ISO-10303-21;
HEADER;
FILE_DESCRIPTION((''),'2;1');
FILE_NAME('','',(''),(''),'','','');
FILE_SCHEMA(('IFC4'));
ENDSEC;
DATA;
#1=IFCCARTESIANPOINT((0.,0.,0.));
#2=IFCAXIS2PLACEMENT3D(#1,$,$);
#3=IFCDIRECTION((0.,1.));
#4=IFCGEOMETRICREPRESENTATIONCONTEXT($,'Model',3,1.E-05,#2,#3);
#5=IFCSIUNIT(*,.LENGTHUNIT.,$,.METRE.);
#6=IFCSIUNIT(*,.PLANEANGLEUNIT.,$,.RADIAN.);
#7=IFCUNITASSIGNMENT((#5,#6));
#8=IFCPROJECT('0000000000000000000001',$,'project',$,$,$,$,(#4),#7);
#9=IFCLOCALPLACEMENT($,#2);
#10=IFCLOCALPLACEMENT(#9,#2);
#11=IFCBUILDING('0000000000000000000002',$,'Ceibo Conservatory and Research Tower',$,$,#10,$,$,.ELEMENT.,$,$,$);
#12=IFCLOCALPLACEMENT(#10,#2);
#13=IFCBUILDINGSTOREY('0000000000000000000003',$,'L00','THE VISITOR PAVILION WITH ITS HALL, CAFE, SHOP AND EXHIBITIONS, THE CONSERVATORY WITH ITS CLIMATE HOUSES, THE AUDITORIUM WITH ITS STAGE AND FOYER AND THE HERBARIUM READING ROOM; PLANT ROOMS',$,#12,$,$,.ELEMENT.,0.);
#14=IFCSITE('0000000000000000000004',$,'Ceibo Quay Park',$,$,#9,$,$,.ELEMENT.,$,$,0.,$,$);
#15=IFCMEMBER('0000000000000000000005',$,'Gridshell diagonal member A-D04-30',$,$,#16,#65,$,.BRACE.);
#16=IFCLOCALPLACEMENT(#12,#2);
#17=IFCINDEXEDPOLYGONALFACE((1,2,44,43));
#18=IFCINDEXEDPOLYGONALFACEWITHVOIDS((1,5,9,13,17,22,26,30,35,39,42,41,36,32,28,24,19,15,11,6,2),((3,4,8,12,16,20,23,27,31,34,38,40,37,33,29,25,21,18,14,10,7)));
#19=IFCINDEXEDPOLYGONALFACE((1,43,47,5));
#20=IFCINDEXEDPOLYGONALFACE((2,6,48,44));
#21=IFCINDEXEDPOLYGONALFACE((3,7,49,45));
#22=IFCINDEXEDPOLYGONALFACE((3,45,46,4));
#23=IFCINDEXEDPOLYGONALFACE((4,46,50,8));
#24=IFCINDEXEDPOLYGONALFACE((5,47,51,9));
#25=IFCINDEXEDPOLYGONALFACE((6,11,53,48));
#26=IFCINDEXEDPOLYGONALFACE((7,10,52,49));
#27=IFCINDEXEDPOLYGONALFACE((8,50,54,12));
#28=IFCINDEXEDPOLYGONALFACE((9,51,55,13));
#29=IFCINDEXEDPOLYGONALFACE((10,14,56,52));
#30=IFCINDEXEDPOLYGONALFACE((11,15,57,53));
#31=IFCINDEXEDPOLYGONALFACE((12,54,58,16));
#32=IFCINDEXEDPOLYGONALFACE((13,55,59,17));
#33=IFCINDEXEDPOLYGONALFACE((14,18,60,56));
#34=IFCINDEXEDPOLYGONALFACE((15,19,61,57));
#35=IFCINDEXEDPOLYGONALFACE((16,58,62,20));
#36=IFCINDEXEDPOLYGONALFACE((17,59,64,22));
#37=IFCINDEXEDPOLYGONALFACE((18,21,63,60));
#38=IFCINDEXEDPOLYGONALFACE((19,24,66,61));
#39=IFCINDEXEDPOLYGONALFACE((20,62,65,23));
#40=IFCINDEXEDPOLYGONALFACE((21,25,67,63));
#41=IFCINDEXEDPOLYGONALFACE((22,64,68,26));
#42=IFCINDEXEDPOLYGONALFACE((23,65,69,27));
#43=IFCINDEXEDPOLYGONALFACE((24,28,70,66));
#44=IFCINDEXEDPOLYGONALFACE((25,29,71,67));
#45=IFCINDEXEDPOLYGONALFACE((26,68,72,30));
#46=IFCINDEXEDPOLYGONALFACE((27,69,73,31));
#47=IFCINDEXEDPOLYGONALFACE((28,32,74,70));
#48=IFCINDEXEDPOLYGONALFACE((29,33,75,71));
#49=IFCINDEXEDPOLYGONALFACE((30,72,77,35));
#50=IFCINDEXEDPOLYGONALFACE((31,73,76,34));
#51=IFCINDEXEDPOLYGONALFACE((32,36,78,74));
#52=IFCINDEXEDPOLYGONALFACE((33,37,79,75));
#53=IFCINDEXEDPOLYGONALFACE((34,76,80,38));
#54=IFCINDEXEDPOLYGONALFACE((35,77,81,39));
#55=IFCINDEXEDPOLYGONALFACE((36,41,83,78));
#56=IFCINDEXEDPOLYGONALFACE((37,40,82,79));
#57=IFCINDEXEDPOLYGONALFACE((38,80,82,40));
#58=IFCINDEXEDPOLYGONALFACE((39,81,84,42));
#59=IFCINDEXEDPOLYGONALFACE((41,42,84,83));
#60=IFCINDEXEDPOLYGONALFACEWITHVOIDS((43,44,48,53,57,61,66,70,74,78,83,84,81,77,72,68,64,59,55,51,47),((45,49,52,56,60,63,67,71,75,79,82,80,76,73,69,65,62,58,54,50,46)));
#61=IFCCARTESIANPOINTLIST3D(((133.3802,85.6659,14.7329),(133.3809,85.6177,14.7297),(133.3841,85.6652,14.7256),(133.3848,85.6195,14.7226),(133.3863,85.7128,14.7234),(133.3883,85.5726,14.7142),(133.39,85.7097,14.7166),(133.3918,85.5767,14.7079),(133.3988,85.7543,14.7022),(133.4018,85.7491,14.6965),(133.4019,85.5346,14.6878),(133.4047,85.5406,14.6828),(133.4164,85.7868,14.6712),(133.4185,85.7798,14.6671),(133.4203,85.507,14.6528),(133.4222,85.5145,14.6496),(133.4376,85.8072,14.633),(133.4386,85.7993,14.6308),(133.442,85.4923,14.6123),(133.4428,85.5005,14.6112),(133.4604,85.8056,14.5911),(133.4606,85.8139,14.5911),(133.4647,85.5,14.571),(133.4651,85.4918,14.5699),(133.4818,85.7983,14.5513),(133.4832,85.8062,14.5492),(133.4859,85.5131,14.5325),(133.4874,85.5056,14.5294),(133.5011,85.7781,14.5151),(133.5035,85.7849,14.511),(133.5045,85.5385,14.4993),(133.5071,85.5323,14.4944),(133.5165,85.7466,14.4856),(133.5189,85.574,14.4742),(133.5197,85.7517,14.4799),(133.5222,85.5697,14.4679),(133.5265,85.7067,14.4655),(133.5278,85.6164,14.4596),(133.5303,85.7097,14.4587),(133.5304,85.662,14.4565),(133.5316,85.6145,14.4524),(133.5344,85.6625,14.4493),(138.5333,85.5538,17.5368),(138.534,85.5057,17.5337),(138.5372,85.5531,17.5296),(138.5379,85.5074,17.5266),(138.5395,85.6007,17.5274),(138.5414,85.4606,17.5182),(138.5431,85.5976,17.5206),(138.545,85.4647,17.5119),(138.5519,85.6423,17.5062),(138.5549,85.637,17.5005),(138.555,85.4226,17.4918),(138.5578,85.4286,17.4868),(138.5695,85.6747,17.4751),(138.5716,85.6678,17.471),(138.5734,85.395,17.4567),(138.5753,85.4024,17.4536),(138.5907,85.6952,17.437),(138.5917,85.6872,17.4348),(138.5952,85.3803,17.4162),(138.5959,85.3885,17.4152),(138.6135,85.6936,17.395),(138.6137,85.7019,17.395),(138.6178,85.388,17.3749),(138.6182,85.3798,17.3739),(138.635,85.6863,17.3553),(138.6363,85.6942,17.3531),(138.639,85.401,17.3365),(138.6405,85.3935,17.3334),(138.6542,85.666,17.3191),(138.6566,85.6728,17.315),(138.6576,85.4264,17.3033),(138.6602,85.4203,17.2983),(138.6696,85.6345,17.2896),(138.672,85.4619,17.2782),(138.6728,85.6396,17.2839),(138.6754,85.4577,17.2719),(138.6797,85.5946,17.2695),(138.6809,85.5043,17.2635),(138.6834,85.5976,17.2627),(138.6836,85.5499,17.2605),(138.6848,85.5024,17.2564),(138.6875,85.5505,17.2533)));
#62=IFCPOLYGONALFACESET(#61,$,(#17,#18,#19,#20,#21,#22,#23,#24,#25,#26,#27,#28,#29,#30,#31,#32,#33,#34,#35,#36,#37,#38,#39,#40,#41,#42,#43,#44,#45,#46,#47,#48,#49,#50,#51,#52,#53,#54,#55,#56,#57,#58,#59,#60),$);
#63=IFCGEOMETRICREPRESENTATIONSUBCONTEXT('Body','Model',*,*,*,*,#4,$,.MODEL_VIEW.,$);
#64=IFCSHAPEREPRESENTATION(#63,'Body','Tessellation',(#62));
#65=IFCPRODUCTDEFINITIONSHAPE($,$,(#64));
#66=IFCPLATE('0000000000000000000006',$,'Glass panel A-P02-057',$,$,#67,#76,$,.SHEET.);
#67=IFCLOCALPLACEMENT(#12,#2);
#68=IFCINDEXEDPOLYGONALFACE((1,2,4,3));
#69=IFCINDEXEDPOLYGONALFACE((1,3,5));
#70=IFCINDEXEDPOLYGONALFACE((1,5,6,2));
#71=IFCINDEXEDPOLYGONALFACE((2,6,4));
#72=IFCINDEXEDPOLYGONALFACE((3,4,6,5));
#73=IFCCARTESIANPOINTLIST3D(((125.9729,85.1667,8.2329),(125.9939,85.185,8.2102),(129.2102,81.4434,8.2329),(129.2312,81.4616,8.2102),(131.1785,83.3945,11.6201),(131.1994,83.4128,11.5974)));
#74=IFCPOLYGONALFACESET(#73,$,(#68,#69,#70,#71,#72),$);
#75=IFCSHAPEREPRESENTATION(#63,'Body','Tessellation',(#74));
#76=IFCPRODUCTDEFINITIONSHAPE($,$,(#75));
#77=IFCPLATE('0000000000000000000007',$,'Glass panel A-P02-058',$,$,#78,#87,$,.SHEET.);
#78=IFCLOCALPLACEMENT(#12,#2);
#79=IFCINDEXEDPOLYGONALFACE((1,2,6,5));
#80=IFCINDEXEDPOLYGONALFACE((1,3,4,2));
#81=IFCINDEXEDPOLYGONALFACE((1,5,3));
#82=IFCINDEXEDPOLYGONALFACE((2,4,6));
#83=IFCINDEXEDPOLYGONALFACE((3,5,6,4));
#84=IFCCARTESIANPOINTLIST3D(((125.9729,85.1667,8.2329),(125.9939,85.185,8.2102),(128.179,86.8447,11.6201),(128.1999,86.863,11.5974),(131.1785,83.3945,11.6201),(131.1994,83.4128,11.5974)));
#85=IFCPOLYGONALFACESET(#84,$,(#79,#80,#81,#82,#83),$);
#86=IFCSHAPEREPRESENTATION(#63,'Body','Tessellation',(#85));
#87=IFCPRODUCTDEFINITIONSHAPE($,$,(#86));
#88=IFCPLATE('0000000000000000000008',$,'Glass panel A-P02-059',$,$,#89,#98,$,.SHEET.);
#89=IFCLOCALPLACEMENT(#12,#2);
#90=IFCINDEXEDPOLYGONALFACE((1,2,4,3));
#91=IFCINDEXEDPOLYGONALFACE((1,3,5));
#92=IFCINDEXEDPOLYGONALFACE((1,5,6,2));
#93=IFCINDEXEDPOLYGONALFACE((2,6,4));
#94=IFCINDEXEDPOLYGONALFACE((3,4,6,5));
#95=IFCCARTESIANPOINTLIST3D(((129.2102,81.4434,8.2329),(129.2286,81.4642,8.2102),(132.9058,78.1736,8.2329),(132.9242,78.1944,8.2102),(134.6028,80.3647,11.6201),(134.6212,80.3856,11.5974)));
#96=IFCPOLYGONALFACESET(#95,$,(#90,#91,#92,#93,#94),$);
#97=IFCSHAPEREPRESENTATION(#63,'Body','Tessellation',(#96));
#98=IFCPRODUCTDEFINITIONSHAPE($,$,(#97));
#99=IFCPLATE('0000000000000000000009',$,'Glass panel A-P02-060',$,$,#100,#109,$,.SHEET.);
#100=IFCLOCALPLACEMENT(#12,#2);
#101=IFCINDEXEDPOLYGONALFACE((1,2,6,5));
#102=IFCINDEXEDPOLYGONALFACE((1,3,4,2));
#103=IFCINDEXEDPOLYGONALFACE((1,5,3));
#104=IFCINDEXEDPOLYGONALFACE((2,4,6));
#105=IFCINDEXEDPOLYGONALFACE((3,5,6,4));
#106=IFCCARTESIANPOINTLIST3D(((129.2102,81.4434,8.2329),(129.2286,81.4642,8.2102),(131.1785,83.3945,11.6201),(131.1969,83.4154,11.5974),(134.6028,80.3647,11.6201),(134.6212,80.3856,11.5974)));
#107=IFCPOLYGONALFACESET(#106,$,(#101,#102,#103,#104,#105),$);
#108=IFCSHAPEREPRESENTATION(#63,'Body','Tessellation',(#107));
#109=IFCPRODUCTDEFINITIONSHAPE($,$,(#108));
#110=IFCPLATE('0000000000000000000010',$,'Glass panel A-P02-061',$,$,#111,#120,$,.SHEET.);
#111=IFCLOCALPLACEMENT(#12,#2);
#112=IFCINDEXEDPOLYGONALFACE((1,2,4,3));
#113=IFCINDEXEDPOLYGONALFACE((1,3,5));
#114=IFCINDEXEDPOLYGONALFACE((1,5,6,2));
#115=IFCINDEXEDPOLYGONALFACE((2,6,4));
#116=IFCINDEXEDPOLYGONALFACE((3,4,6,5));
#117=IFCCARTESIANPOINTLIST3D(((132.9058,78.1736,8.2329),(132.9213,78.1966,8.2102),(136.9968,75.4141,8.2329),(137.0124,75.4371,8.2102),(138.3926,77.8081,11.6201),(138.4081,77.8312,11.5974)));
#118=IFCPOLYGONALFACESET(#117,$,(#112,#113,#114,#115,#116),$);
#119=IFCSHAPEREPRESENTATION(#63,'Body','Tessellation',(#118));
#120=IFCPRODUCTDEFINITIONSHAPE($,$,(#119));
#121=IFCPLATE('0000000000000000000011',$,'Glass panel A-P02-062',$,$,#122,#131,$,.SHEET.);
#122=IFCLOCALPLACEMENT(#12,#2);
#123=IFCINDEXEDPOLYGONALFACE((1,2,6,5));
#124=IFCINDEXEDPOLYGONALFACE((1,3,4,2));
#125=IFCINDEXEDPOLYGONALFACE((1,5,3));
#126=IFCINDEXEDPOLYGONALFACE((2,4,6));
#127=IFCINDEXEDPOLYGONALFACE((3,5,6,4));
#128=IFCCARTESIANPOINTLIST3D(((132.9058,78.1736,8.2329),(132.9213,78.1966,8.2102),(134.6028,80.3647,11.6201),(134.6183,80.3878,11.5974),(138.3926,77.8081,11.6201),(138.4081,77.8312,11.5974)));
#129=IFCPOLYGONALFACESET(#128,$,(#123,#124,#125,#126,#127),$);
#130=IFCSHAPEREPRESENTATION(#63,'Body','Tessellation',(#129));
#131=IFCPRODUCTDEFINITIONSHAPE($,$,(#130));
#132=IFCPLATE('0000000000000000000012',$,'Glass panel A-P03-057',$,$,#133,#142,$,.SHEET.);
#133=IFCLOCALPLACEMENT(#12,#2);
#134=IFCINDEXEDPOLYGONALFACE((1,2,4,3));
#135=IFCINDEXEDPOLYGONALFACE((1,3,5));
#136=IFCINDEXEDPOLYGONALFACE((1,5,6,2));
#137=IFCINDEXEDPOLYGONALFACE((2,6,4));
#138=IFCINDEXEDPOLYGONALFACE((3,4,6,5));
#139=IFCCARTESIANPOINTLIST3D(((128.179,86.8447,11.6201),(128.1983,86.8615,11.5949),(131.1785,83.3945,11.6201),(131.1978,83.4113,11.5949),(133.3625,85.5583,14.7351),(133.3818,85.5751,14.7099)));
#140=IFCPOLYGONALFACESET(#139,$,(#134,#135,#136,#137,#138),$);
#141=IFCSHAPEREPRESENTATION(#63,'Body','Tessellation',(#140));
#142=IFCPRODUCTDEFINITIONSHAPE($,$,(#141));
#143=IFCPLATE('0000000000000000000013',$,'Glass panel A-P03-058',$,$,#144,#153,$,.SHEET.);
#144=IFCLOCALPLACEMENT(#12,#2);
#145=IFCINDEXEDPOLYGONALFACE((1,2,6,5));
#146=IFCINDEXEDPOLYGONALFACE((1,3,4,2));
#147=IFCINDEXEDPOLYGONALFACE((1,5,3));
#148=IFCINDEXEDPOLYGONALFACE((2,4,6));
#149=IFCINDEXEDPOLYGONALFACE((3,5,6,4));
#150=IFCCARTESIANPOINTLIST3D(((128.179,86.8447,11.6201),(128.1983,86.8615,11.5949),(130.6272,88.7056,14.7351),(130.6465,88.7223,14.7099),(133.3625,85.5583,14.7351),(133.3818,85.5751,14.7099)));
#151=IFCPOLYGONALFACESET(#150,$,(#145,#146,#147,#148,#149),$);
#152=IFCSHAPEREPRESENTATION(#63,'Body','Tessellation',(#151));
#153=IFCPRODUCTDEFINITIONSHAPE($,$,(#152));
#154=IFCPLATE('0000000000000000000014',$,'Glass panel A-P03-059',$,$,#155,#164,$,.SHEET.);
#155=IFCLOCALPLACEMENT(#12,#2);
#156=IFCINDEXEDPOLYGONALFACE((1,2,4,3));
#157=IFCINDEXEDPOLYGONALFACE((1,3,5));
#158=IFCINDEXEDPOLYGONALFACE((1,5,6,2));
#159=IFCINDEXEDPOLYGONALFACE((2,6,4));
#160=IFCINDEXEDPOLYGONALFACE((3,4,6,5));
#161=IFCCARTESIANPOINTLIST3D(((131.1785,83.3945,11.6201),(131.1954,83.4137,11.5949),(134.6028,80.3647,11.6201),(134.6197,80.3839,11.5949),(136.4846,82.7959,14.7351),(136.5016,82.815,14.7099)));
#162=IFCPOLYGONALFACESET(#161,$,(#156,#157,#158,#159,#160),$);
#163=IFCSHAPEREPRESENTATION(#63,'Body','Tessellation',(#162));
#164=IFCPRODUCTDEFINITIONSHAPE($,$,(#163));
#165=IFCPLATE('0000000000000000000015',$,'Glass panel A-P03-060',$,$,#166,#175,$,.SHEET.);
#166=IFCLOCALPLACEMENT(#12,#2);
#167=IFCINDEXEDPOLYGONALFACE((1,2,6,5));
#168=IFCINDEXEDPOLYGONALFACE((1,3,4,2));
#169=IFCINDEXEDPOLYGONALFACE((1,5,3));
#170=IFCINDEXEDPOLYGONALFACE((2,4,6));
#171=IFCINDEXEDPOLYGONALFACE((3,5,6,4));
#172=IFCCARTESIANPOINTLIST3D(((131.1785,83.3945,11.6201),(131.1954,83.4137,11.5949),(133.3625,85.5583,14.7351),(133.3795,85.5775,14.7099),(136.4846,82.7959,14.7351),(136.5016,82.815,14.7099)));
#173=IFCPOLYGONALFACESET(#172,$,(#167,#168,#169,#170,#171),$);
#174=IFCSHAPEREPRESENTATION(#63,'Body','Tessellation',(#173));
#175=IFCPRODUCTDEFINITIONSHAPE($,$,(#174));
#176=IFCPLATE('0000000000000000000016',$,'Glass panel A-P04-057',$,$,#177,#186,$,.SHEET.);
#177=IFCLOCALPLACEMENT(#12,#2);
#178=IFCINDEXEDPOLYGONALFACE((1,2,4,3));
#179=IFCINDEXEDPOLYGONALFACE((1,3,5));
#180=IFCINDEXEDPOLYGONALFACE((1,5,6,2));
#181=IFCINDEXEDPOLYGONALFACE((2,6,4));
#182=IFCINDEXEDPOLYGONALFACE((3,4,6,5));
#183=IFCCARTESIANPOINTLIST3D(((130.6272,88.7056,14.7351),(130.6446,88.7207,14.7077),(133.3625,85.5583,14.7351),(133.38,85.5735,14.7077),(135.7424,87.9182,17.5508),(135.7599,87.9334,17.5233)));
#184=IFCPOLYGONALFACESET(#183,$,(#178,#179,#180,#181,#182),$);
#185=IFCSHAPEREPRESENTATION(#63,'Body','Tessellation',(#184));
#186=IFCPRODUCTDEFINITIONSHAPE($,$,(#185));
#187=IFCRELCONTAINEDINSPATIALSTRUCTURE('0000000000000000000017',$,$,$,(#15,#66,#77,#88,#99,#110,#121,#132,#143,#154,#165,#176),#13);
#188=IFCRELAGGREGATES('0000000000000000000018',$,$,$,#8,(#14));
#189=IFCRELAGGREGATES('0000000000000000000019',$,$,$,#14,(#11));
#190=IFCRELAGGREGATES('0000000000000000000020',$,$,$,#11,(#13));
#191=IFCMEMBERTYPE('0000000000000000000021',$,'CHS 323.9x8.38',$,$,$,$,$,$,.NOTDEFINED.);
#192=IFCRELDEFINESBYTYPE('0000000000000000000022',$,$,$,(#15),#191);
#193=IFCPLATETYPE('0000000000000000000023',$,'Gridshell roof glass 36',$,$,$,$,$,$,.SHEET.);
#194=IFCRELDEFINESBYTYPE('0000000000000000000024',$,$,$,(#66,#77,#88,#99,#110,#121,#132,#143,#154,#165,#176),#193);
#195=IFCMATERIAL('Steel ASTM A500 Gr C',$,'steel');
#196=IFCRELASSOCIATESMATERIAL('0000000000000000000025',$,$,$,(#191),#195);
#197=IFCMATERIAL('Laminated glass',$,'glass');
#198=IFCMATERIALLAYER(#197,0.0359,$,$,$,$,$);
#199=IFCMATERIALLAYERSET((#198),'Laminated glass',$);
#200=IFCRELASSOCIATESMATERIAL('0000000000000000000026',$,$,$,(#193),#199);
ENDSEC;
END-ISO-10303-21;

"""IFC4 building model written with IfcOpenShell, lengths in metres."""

from ifc_helpers import new_model, si_unit, direction, frame, origin, origin_2d, place, context, subcontext, project, spatial, polyline, hollow_circle, outline, extrude, material, layer, layer_set, material_profile, profile_set, type_object, element, save


model = new_model("IFC4")

# Units and contexts
model_context = context("Model", 3, precision=1e-05, world=origin(), true_north=direction((0.0, 1.0)))
body_context = subcontext(model_context, "Body", "Model", "MODEL_VIEW")
ifc_project = project(units=[si_unit("LENGTHUNIT", "METRE"), si_unit("PLANEANGLEUNIT", "RADIAN")], contexts=[model_context])

# Site, building, storey
site_placement = place(None, origin())
site = spatial("IfcSite", under=ifc_project, at=site_placement, Name="Ceibo Quay Park", CompositionType="ELEMENT", RefElevation=0.0)
building_placement = place(site_placement, origin())
building = spatial("IfcBuilding", under=site, at=building_placement, Name="Ceibo Conservatory and Research Tower", CompositionType="ELEMENT")
storey_placement = place(building_placement, origin())
storey = spatial("IfcBuildingStorey", under=building, at=storey_placement, Name="L00", Description="THE VISITOR PAVILION WITH ITS HALL, CAFE, SHOP AND EXHIBITIONS, THE CONSERVATORY WITH ITS CLIMATE HOUSES, THE AUDITORIUM WITH ITS STAGE AND FOYER AND THE HERBARIUM READING ROOM; PLANT ROOMS", CompositionType="ELEMENT", Elevation=0.0)

# Member
ifc_material_1 = material(Name="Steel ASTM A500 Gr C", Category="steel")
ifc_material_profile_1 = material_profile(ifc_material_1, hollow_circle(Radius=0.1619, WallThickness=0.0083, at=origin_2d()), Name="CHS 323.9x8.38")
ifc_profile_set_1 = profile_set([ifc_material_profile_1], Name="Steel ASTM A500 Gr C")
member_type_1 = type_object("IfcMemberType", Name="CHS 323.9x8.38", PredefinedType="NOTDEFINED", material=ifc_profile_set_1)
member_1_placement = place(storey_placement, frame((133.457, 85.6521, 14.5911), z_axis=(0.878223, -0.019098, 0.47787), x_axis=(0.021741, 0.999764, 0.0)))
element("IfcMember", 1, at=member_1_placement, inside=storey, type_object=member_type_1, Name="Gridshell diagonal member A-D04-30", PredefinedType="BRACE", context=body_context, shape_type="SweptSolid", body=[
    extrude(hollow_circle(Radius=0.1619, WallThickness=0.0083, at=origin_2d()), origin(), (0.0, 0.0, 1.0), 5.8677),
])

# Plates
ifc_material_2 = material(Name="Laminated glass", Category="glass")
ifc_layer = layer(ifc_material_2, 0.0359)
ifc_layer_set = layer_set([ifc_layer], Name="Laminated glass")
plate_type = type_object("IfcPlateType", Name="Gridshell roof glass 36", PredefinedType="SHEET", material=ifc_layer_set)
plate_1_placement = place(storey_placement, frame((125.9729, 85.1667, 8.2329), z_axis=(-0.584554, -0.508241, 0.632445), x_axis=(0.65613, -0.754648, 0.0)))
element("IfcPlate", 2, at=plate_1_placement, inside=storey, type_object=plate_type, Name="Glass panel A-P02-057", PredefinedType="SHEET", context=body_context, shape_type="SweptSolid", body=[
    extrude(outline(polyline([(0.0, 0.0), (4.9339, 0.0), (4.7529, 4.3728), (0.0, 0.0)])), origin(), (0.0, 0.0, -1.0), 0.0359),
])
plate_2_placement = place(storey_placement, frame((125.9729, 85.1667, 8.2329), z_axis=(-0.584559, -0.508201, 0.632474), x_axis=(0.806006, -0.274402, 0.52446)))
element("IfcPlate", 3, at=plate_2_placement, inside=storey, type_object=plate_type, Name="Glass panel A-P02-058", PredefinedType="SHEET", context=body_context, shape_type="SweptSolid", body=[
    extrude(outline(polyline([(0.0, 0.0), (6.4585, 0.0), (3.0941, 3.0955), (0.0, 0.0)])), origin(), (0.0, 0.0, -1.0), 0.0359),
])
plate_3_placement = place(storey_placement, frame((129.2102, 81.4434, 8.2329), z_axis=(-0.513289, -0.580128, 0.632444), x_axis=(0.748933, -0.662645, 0.0)))
element("IfcPlate", 4, at=plate_3_placement, inside=storey, type_object=plate_type, Name="Glass panel A-P02-059", PredefinedType="SHEET", context=body_context, shape_type="SweptSolid", body=[
    extrude(outline(polyline([(0.0, 0.0), (4.9344, 0.0), (4.7534, 4.3728), (0.0, 0.0)])), origin(), (0.0, 0.0, -1.0), 0.0359),
])
plate_4_placement = place(storey_placement, frame((129.2102, 81.4434, 8.2329), z_axis=(-0.513289, -0.580128, 0.632444), x_axis=(0.834916, -0.166998, 0.52443)))
element("IfcPlate", 5, at=plate_4_placement, inside=storey, type_object=plate_type, Name="Glass panel A-P02-060", PredefinedType="SHEET", context=body_context, shape_type="SweptSolid", body=[
    extrude(outline(polyline([(0.0, 0.0), (6.4588, 0.0), (3.0938, 3.0955), (0.0, 0.0)])), origin(), (0.0, 0.0, -1.0), 0.0359),
])
plate_5_placement = place(storey_placement, frame((132.9058, 78.1736, 8.2329), z_axis=(-0.433181, -0.642202, 0.632401), x_axis=(0.829032, -0.559202, 0.0)))
element("IfcPlate", 6, at=plate_5_placement, inside=storey, type_object=plate_type, Name="Glass panel A-P02-061", PredefinedType="SHEET", context=body_context, shape_type="SweptSolid", body=[
    extrude(outline(polyline([(0.0, 0.0), (4.9348, 0.0), (4.7531, 4.3726), (0.0, 0.0)])), origin(), (0.0, 0.0, -1.0), 0.0359),
])
plate_6_placement = place(storey_placement, frame((132.9058, 78.1736, 8.2329), z_axis=(-0.433202, -0.642149, 0.63244), x_axis=(0.849553, -0.056589, 0.524459)))
element("IfcPlate", 7, at=plate_6_placement, inside=storey, type_object=plate_type, Name="Glass panel A-P02-062", PredefinedType="SHEET", context=body_context, shape_type="SweptSolid", body=[
    extrude(outline(polyline([(0.0, 0.0), (6.4585, 0.0), (3.0942, 3.0952), (0.0, 0.0)])), origin(), (0.0, 0.0, -1.0), 0.0359),
])
plate_7_placement = place(storey_placement, frame((128.179, 86.8447, 11.6201), z_axis=(-0.537681, -0.467447, 0.701707), x_axis=(0.656097, -0.754677, 0.0)))
element("IfcPlate", 8, at=plate_7_placement, inside=storey, type_object=plate_type, Name="Glass panel A-P03-057", PredefinedType="SHEET", context=body_context, shape_type="SweptSolid", body=[
    extrude(outline(polyline([(0.0, 0.0), (4.5718, 0.0), (4.3717, 4.3721), (0.0, 0.0)])), origin(), (0.0, 0.0, -1.0), 0.0359),
])
plate_8_placement = place(storey_placement, frame((128.179, 86.8447, 11.6201), z_axis=(-0.537694, -0.467328, 0.701776), x_axis=(0.838383, -0.208056, 0.503812)))
element("IfcPlate", 9, at=plate_8_placement, inside=storey, type_object=plate_type, Name="Glass panel A-P03-058", PredefinedType="SHEET", context=body_context, shape_type="SweptSolid", body=[
    extrude(outline(polyline([(0.0, 0.0), (6.1828, 0.0), (3.2348, 2.9489), (0.0, 0.0)])), origin(), (0.0, 0.0, -1.0), 0.0359),
])
plate_9_placement = place(storey_placement, frame((131.1785, 83.3945, 11.6201), z_axis=(-0.472127, -0.533606, 0.701685), x_axis=(0.748933, -0.662645, 0.0)))
element("IfcPlate", 10, at=plate_9_placement, inside=storey, type_object=plate_type, Name="Glass panel A-P03-059", PredefinedType="SHEET", context=body_context, shape_type="SweptSolid", body=[
    extrude(outline(polyline([(0.0, 0.0), (4.5723, 0.0), (4.3706, 4.372), (0.0, 0.0)])), origin(), (0.0, 0.0, -1.0), 0.0359),
])
plate_10_placement = place(storey_placement, frame((131.1785, 83.3945, 11.6201), z_axis=(-0.47213, -0.533592, 0.701693), x_axis=(0.858327, -0.096835, 0.503883)))
element("IfcPlate", 11, at=plate_10_placement, inside=storey, type_object=plate_type, Name="Glass panel A-P03-060", PredefinedType="SHEET", context=body_context, shape_type="SweptSolid", body=[
    extrude(outline(polyline([(0.0, 0.0), (6.182, 0.0), (3.2347, 2.9482), (0.0, 0.0)])), origin(), (0.0, 0.0, -1.0), 0.0359),
])
plate_11_placement = place(storey_placement, frame((130.6272, 88.7056, 14.7351), z_axis=(-0.486113, -0.422497, 0.764977), x_axis=(0.655993, -0.754767, 0.0)))
element("IfcPlate", 12, at=plate_11_placement, inside=storey, type_object=plate_type, Name="Glass panel A-P04-057", PredefinedType="SHEET", context=body_context, shape_type="SweptSolid", body=[
    extrude(outline(polyline([(0.0, 0.0), (4.1698, 0.0), (3.9498, 4.3718), (0.0, 0.0)])), origin(), (0.0, 0.0, -1.0), 0.0359),
])

save(model, "model.ifc")
